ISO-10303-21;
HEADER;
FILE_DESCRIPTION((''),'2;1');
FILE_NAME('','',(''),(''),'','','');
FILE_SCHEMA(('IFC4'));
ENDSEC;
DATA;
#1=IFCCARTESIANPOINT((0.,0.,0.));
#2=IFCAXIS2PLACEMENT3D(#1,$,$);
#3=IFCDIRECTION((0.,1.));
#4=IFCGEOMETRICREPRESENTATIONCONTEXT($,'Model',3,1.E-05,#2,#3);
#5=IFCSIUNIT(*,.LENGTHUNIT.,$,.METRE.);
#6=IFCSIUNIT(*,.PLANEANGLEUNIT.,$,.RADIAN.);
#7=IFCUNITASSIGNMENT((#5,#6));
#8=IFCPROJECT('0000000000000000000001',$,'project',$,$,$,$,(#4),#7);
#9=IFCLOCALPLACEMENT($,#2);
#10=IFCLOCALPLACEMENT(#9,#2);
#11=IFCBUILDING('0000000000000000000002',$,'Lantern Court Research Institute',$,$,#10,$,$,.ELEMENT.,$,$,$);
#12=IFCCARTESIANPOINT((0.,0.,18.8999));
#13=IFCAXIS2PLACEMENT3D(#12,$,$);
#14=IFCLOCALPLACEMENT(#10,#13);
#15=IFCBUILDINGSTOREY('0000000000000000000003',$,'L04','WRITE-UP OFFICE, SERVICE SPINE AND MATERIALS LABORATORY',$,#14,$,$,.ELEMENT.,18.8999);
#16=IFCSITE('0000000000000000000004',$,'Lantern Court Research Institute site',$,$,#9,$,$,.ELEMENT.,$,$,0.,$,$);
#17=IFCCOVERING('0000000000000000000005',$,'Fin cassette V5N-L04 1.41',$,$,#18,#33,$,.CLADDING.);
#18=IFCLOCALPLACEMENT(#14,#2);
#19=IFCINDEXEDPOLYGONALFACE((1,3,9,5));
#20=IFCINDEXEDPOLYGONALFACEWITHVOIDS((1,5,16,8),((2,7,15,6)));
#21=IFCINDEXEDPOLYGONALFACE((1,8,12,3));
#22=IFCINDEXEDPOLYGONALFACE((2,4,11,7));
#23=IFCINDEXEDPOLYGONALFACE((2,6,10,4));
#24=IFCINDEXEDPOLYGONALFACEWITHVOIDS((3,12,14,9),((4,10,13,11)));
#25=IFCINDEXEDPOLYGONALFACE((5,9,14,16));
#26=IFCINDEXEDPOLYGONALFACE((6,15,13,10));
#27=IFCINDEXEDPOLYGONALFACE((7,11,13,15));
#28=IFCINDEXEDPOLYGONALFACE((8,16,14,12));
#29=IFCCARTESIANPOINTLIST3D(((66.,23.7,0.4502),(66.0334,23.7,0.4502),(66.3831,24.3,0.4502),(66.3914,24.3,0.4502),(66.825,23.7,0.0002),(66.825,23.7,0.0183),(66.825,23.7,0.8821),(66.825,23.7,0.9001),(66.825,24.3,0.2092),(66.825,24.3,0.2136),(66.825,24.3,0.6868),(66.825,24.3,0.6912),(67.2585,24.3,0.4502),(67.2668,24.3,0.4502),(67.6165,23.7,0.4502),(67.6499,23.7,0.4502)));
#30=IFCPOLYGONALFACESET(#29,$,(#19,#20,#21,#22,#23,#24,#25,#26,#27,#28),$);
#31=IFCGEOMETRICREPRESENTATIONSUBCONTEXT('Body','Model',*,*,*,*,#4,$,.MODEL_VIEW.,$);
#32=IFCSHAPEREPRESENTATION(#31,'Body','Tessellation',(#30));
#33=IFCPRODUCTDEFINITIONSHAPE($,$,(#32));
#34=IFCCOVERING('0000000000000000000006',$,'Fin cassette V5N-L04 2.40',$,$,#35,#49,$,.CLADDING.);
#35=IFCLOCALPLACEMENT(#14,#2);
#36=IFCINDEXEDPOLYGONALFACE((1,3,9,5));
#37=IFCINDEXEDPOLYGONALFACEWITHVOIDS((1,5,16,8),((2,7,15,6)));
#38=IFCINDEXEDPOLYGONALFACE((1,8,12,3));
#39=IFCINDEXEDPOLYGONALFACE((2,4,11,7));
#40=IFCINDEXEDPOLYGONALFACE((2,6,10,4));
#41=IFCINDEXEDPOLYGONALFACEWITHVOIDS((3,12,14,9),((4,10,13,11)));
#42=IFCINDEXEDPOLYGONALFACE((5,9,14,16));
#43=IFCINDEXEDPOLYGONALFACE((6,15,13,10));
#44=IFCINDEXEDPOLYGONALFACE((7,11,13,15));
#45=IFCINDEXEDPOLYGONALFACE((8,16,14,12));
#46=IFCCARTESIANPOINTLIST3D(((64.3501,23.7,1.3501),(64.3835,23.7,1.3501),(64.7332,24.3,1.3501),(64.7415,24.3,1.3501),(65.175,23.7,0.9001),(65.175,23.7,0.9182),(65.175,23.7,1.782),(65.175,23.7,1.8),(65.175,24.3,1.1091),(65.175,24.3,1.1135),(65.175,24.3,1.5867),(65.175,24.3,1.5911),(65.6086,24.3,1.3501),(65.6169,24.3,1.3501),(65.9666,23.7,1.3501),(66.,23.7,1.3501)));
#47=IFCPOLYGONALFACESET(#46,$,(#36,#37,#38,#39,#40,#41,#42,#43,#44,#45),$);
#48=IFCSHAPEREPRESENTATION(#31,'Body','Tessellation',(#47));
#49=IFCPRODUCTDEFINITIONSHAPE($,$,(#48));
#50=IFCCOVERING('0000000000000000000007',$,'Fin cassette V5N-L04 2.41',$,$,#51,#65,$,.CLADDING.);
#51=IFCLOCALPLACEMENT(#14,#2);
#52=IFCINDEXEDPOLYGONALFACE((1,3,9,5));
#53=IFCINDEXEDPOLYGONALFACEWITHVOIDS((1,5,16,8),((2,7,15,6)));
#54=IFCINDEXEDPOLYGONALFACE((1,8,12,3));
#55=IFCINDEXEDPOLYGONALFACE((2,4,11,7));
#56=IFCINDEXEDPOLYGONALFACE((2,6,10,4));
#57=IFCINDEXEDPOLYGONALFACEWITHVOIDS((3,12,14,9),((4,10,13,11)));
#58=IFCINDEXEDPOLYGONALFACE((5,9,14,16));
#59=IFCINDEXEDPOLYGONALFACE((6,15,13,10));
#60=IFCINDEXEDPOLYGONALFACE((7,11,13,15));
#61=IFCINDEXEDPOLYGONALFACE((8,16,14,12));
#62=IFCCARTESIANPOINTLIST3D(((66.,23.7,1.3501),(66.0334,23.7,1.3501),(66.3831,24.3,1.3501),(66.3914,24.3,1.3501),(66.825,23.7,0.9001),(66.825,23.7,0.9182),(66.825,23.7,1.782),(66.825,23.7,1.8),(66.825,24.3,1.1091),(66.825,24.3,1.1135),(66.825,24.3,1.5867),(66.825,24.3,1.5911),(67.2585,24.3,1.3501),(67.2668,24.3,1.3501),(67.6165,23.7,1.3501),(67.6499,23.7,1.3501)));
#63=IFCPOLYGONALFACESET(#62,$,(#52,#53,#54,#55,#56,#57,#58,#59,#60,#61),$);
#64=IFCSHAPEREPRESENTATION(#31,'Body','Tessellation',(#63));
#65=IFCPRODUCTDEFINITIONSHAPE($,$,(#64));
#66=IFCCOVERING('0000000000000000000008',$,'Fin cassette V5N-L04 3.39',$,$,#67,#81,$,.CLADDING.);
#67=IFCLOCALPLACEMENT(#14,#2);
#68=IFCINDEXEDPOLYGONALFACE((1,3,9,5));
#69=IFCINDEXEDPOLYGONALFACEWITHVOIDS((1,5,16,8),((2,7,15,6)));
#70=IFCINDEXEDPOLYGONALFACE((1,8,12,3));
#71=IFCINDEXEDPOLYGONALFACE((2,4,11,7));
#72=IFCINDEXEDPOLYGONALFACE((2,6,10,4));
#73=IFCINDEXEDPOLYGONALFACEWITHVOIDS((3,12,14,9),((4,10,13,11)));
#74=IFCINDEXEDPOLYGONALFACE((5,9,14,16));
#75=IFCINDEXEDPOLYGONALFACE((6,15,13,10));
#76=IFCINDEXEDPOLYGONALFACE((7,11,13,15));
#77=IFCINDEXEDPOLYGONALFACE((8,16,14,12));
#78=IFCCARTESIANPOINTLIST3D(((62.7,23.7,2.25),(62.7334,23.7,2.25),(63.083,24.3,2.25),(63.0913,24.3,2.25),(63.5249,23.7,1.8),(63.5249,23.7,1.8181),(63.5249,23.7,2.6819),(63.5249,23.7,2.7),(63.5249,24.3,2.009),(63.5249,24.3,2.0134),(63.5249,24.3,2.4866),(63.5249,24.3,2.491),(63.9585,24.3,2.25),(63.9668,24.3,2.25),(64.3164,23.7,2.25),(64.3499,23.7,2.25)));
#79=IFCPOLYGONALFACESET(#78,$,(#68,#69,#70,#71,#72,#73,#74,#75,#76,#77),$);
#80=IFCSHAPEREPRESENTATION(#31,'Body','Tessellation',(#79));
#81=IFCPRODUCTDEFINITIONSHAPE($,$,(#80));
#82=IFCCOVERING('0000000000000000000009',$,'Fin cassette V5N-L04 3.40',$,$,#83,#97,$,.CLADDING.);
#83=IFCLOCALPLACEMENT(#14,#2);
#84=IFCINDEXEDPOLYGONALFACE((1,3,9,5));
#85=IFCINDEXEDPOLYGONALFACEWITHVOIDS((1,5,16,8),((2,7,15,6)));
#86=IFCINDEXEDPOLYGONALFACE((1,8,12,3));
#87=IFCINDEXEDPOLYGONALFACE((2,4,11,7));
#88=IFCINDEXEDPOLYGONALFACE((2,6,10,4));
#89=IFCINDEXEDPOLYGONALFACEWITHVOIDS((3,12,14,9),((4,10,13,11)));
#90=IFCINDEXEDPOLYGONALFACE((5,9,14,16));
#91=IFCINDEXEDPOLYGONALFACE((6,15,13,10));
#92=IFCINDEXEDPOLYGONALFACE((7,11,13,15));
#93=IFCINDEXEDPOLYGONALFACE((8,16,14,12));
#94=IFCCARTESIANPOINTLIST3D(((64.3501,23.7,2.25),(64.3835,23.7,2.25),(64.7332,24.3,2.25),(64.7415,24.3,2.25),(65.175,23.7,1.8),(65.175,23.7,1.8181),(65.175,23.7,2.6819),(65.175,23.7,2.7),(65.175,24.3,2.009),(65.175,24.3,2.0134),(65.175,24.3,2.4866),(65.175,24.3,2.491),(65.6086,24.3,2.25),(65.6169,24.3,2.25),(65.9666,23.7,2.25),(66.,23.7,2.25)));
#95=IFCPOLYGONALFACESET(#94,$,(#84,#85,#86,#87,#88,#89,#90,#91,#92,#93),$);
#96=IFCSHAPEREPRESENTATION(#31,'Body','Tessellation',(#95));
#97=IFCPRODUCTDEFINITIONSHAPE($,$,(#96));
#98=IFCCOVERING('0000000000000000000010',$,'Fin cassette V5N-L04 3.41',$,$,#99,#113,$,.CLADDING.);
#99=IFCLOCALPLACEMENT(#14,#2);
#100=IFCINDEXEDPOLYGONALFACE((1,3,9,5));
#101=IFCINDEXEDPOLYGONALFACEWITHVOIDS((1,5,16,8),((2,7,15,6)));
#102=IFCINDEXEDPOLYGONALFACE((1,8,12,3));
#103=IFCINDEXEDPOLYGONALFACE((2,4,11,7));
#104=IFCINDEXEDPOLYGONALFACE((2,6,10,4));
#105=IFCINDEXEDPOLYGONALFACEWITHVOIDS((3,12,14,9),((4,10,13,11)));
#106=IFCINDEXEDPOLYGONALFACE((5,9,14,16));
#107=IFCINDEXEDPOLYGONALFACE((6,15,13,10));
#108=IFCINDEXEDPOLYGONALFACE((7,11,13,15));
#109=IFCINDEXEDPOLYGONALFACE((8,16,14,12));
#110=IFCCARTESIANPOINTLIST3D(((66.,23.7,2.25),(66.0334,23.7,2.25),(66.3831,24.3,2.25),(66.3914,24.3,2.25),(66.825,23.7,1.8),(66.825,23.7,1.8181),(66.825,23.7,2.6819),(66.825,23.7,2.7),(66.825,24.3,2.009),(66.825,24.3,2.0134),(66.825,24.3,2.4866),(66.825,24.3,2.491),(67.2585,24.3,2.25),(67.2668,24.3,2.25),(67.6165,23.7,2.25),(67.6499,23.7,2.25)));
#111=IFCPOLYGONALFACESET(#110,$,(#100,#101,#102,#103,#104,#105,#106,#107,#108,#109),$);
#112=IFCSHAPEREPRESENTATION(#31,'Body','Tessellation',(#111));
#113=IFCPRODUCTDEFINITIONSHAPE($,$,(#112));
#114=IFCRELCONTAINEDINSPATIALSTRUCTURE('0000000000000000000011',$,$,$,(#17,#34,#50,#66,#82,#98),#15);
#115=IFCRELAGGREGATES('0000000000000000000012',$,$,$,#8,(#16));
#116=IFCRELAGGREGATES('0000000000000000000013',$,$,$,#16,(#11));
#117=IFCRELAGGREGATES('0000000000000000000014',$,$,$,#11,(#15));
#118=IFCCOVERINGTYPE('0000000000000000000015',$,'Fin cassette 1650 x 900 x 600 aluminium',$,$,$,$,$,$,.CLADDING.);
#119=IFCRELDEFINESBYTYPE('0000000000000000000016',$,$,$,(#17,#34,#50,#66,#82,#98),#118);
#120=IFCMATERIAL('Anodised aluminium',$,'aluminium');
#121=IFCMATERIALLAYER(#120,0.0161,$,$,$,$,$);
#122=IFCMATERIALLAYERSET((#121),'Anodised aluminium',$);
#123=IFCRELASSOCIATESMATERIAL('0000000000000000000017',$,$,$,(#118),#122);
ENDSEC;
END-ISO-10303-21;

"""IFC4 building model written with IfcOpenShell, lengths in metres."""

from ifc_helpers import new_model, entity, si_unit, direction, frame, origin, place, context, subcontext, project, spatial, material, layer, layer_set, type_object, element, save


model = new_model("IFC4")

# Units and contexts
model_context = context("Model", 3, precision=1e-05, world=origin(), true_north=direction((0.0, 1.0)))
body_context = subcontext(model_context, "Body", "Model", "MODEL_VIEW")
ifc_project = project(units=[si_unit("LENGTHUNIT", "METRE"), si_unit("PLANEANGLEUNIT", "RADIAN")], contexts=[model_context])

# Site, building, storey
site_placement = place(None, origin())
site = spatial("IfcSite", under=ifc_project, at=site_placement, Name="Lantern Court Research Institute site", CompositionType="ELEMENT", RefElevation=0.0)
building_placement = place(site_placement, origin())
building = spatial("IfcBuilding", under=site, at=building_placement, Name="Lantern Court Research Institute", CompositionType="ELEMENT")
storey_placement = place(building_placement, frame((0.0, 0.0, 18.8999)))
storey = spatial("IfcBuildingStorey", under=building, at=storey_placement, Name="L04", Description="WRITE-UP OFFICE, SERVICE SPINE AND MATERIALS LABORATORY", CompositionType="ELEMENT", Elevation=18.8999)

# Coverings
ifc_material_1 = material(Name="Anodised aluminium", Category="aluminium")
ifc_layer_1 = layer(ifc_material_1, 0.0161)
ifc_layer_set_1 = layer_set([ifc_layer_1], Name="Anodised aluminium")
covering_type_1 = type_object("IfcCoveringType", Name="Fin cassette 1650 x 900 x 600 aluminium", PredefinedType="CLADDING", material=ifc_layer_set_1)
covering_1_placement = place(storey_placement, frame((66.825, 23.7, 0.4502), z_axis=(0.0, 1.0, 0.0), x_axis=(-1.0, 0.0, 0.0)))
cartesian_point_1 = entity("IfcCartesianPoint", [0.825, 0.0])
cartesian_point_2 = entity("IfcCartesianPoint", [0.7915, 0.0])
cartesian_point_3 = entity("IfcCartesianPoint", [0.4419, 0.0])
cartesian_point_4 = entity("IfcCartesianPoint", [0.4336, 0.0])
element("IfcCovering", 1, at=covering_1_placement, inside=storey, type_object=covering_type_1, Name="Fin cassette V5N-L04 1.41", PredefinedType="CLADDING", context=body_context, shape_type="SweptSolid", body=[
    entity("IfcExtrudedAreaSolidTapered", entity("IfcArbitraryProfileDefWithVoids", "AREA", None, entity("IfcPolyline", [cartesian_point_1, entity("IfcCartesianPoint", [0.0, 0.45]), entity("IfcCartesianPoint", [-0.825, 0.0]), entity("IfcCartesianPoint", [0.0, -0.45]), cartesian_point_1]), [entity("IfcPolyline", [cartesian_point_2, entity("IfcCartesianPoint", [0.0, 0.4319]), entity("IfcCartesianPoint", [-0.7915, 0.0]), entity("IfcCartesianPoint", [0.0, -0.4319]), cartesian_point_2])]), entity("IfcAxis2Placement3D", entity("IfcCartesianPoint", [0.0, 0.0, 0.0])), entity("IfcDirection", [0.0, 0.0, 1.0]), 0.6001, entity("IfcArbitraryProfileDefWithVoids", "AREA", None, entity("IfcPolyline", [cartesian_point_3, entity("IfcCartesianPoint", [0.0, 0.241]), entity("IfcCartesianPoint", [-0.4419, 0.0]), entity("IfcCartesianPoint", [0.0, -0.241]), cartesian_point_3]), [entity("IfcPolyline", [cartesian_point_4, entity("IfcCartesianPoint", [0.0, 0.2366]), entity("IfcCartesianPoint", [-0.4336, 0.0]), entity("IfcCartesianPoint", [0.0, -0.2366]), cartesian_point_4])])),
])
covering_2_placement = place(storey_placement, frame((65.175, 23.7, 1.3501), z_axis=(0.0, 1.0, 0.0), x_axis=(-1.0, 0.0, 0.0)))
cartesian_point_5 = entity("IfcCartesianPoint", [0.825, 0.0])
cartesian_point_6 = entity("IfcCartesianPoint", [0.7915, 0.0])
cartesian_point_7 = entity("IfcCartesianPoint", [0.4419, 0.0])
cartesian_point_8 = entity("IfcCartesianPoint", [0.4336, 0.0])
element("IfcCovering", 2, at=covering_2_placement, inside=storey, type_object=covering_type_1, Name="Fin cassette V5N-L04 2.40", PredefinedType="CLADDING", context=body_context, shape_type="SweptSolid", body=[
    entity("IfcExtrudedAreaSolidTapered", entity("IfcArbitraryProfileDefWithVoids", "AREA", None, entity("IfcPolyline", [cartesian_point_5, entity("IfcCartesianPoint", [0.0, 0.45]), entity("IfcCartesianPoint", [-0.825, 0.0]), entity("IfcCartesianPoint", [0.0, -0.45]), cartesian_point_5]), [entity("IfcPolyline", [cartesian_point_6, entity("IfcCartesianPoint", [0.0, 0.4319]), entity("IfcCartesianPoint", [-0.7915, 0.0]), entity("IfcCartesianPoint", [0.0, -0.4319]), cartesian_point_6])]), entity("IfcAxis2Placement3D", entity("IfcCartesianPoint", [0.0, 0.0, 0.0])), entity("IfcDirection", [0.0, 0.0, 1.0]), 0.6001, entity("IfcArbitraryProfileDefWithVoids", "AREA", None, entity("IfcPolyline", [cartesian_point_7, entity("IfcCartesianPoint", [0.0, 0.241]), entity("IfcCartesianPoint", [-0.4419, 0.0]), entity("IfcCartesianPoint", [0.0, -0.241]), cartesian_point_7]), [entity("IfcPolyline", [cartesian_point_8, entity("IfcCartesianPoint", [0.0, 0.2366]), entity("IfcCartesianPoint", [-0.4336, 0.0]), entity("IfcCartesianPoint", [0.0, -0.2366]), cartesian_point_8])])),
])
covering_3_placement = place(storey_placement, frame((66.825, 23.7, 1.3501), z_axis=(0.0, 1.0, 0.0), x_axis=(-1.0, 0.0, 0.0)))
cartesian_point_9 = entity("IfcCartesianPoint", [0.825, 0.0])
cartesian_point_10 = entity("IfcCartesianPoint", [0.7915, 0.0])
cartesian_point_11 = entity("IfcCartesianPoint", [0.4419, 0.0])
cartesian_point_12 = entity("IfcCartesianPoint", [0.4336, 0.0])
element("IfcCovering", 3, at=covering_3_placement, inside=storey, type_object=covering_type_1, Name="Fin cassette V5N-L04 2.41", PredefinedType="CLADDING", context=body_context, shape_type="SweptSolid", body=[
    entity("IfcExtrudedAreaSolidTapered", entity("IfcArbitraryProfileDefWithVoids", "AREA", None, entity("IfcPolyline", [cartesian_point_9, entity("IfcCartesianPoint", [0.0, 0.45]), entity("IfcCartesianPoint", [-0.825, 0.0]), entity("IfcCartesianPoint", [0.0, -0.45]), cartesian_point_9]), [entity("IfcPolyline", [cartesian_point_10, entity("IfcCartesianPoint", [0.0, 0.4319]), entity("IfcCartesianPoint", [-0.7915, 0.0]), entity("IfcCartesianPoint", [0.0, -0.4319]), cartesian_point_10])]), entity("IfcAxis2Placement3D", entity("IfcCartesianPoint", [0.0, 0.0, 0.0])), entity("IfcDirection", [0.0, 0.0, 1.0]), 0.6001, entity("IfcArbitraryProfileDefWithVoids", "AREA", None, entity("IfcPolyline", [cartesian_point_11, entity("IfcCartesianPoint", [0.0, 0.241]), entity("IfcCartesianPoint", [-0.4419, 0.0]), entity("IfcCartesianPoint", [0.0, -0.241]), cartesian_point_11]), [entity("IfcPolyline", [cartesian_point_12, entity("IfcCartesianPoint", [0.0, 0.2366]), entity("IfcCartesianPoint", [-0.4336, 0.0]), entity("IfcCartesianPoint", [0.0, -0.2366]), cartesian_point_12])])),
])
covering_4_placement = place(storey_placement, frame((63.5249, 23.7, 2.25), z_axis=(0.0, 1.0, 0.0), x_axis=(-1.0, 0.0, 0.0)))
cartesian_point_13 = entity("IfcCartesianPoint", [0.825, 0.0])
cartesian_point_14 = entity("IfcCartesianPoint", [0.7915, 0.0])
cartesian_point_15 = entity("IfcCartesianPoint", [0.4419, 0.0])
cartesian_point_16 = entity("IfcCartesianPoint", [0.4336, 0.0])
element("IfcCovering", 4, at=covering_4_placement, inside=storey, type_object=covering_type_1, Name="Fin cassette V5N-L04 3.39", PredefinedType="CLADDING", context=body_context, shape_type="SweptSolid", body=[
    entity("IfcExtrudedAreaSolidTapered", entity("IfcArbitraryProfileDefWithVoids", "AREA", None, entity("IfcPolyline", [cartesian_point_13, entity("IfcCartesianPoint", [0.0, 0.45]), entity("IfcCartesianPoint", [-0.825, 0.0]), entity("IfcCartesianPoint", [0.0, -0.45]), cartesian_point_13]), [entity("IfcPolyline", [cartesian_point_14, entity("IfcCartesianPoint", [0.0, 0.4319]), entity("IfcCartesianPoint", [-0.7915, 0.0]), entity("IfcCartesianPoint", [0.0, -0.4319]), cartesian_point_14])]), entity("IfcAxis2Placement3D", entity("IfcCartesianPoint", [0.0, 0.0, 0.0])), entity("IfcDirection", [0.0, 0.0, 1.0]), 0.6001, entity("IfcArbitraryProfileDefWithVoids", "AREA", None, entity("IfcPolyline", [cartesian_point_15, entity("IfcCartesianPoint", [0.0, 0.241]), entity("IfcCartesianPoint", [-0.4419, 0.0]), entity("IfcCartesianPoint", [0.0, -0.241]), cartesian_point_15]), [entity("IfcPolyline", [cartesian_point_16, entity("IfcCartesianPoint", [0.0, 0.2366]), entity("IfcCartesianPoint", [-0.4336, 0.0]), entity("IfcCartesianPoint", [0.0, -0.2366]), cartesian_point_16])])),
])
covering_5_placement = place(storey_placement, frame((65.175, 23.7, 2.25), z_axis=(0.0, 1.0, 0.0), x_axis=(-1.0, 0.0, 0.0)))
cartesian_point_17 = entity("IfcCartesianPoint", [0.825, 0.0])
cartesian_point_18 = entity("IfcCartesianPoint", [0.7915, 0.0])
cartesian_point_19 = entity("IfcCartesianPoint", [0.4419, 0.0])
cartesian_point_20 = entity("IfcCartesianPoint", [0.4336, 0.0])
element("IfcCovering", 5, at=covering_5_placement, inside=storey, type_object=covering_type_1, Name="Fin cassette V5N-L04 3.40", PredefinedType="CLADDING", context=body_context, shape_type="SweptSolid", body=[
    entity("IfcExtrudedAreaSolidTapered", entity("IfcArbitraryProfileDefWithVoids", "AREA", None, entity("IfcPolyline", [cartesian_point_17, entity("IfcCartesianPoint", [0.0, 0.45]), entity("IfcCartesianPoint", [-0.825, 0.0]), entity("IfcCartesianPoint", [0.0, -0.45]), cartesian_point_17]), [entity("IfcPolyline", [cartesian_point_18, entity("IfcCartesianPoint", [0.0, 0.4319]), entity("IfcCartesianPoint", [-0.7915, 0.0]), entity("IfcCartesianPoint", [0.0, -0.4319]), cartesian_point_18])]), entity("IfcAxis2Placement3D", entity("IfcCartesianPoint", [0.0, 0.0, 0.0])), entity("IfcDirection", [0.0, 0.0, 1.0]), 0.6001, entity("IfcArbitraryProfileDefWithVoids", "AREA", None, entity("IfcPolyline", [cartesian_point_19, entity("IfcCartesianPoint", [0.0, 0.241]), entity("IfcCartesianPoint", [-0.4419, 0.0]), entity("IfcCartesianPoint", [0.0, -0.241]), cartesian_point_19]), [entity("IfcPolyline", [cartesian_point_20, entity("IfcCartesianPoint", [0.0, 0.2366]), entity("IfcCartesianPoint", [-0.4336, 0.0]), entity("IfcCartesianPoint", [0.0, -0.2366]), cartesian_point_20])])),
])
covering_6_placement = place(storey_placement, frame((66.825, 23.7, 2.25), z_axis=(0.0, 1.0, 0.0), x_axis=(-1.0, 0.0, 0.0)))
cartesian_point_21 = entity("IfcCartesianPoint", [0.825, 0.0])
cartesian_point_22 = entity("IfcCartesianPoint", [0.7915, 0.0])
cartesian_point_23 = entity("IfcCartesianPoint", [0.4419, 0.0])
cartesian_point_24 = entity("IfcCartesianPoint", [0.4336, 0.0])
element("IfcCovering", 6, at=covering_6_placement, inside=storey, type_object=covering_type_1, Name="Fin cassette V5N-L04 3.41", PredefinedType="CLADDING", context=body_context, shape_type="SweptSolid", body=[
    entity("IfcExtrudedAreaSolidTapered", entity("IfcArbitraryProfileDefWithVoids", "AREA", None, entity("IfcPolyline", [cartesian_point_21, entity("IfcCartesianPoint", [0.0, 0.45]), entity("IfcCartesianPoint", [-0.825, 0.0]), entity("IfcCartesianPoint", [0.0, -0.45]), cartesian_point_21]), [entity("IfcPolyline", [cartesian_point_22, entity("IfcCartesianPoint", [0.0, 0.4319]), entity("IfcCartesianPoint", [-0.7915, 0.0]), entity("IfcCartesianPoint", [0.0, -0.4319]), cartesian_point_22])]), entity("IfcAxis2Placement3D", entity("IfcCartesianPoint", [0.0, 0.0, 0.0])), entity("IfcDirection", [0.0, 0.0, 1.0]), 0.6001, entity("IfcArbitraryProfileDefWithVoids", "AREA", None, entity("IfcPolyline", [cartesian_point_23, entity("IfcCartesianPoint", [0.0, 0.241]), entity("IfcCartesianPoint", [-0.4419, 0.0]), entity("IfcCartesianPoint", [0.0, -0.241]), cartesian_point_23]), [entity("IfcPolyline", [cartesian_point_24, entity("IfcCartesianPoint", [0.0, 0.2366]), entity("IfcCartesianPoint", [-0.4336, 0.0]), entity("IfcCartesianPoint", [0.0, -0.2366]), cartesian_point_24])])),
])

save(model, "model.ifc")
